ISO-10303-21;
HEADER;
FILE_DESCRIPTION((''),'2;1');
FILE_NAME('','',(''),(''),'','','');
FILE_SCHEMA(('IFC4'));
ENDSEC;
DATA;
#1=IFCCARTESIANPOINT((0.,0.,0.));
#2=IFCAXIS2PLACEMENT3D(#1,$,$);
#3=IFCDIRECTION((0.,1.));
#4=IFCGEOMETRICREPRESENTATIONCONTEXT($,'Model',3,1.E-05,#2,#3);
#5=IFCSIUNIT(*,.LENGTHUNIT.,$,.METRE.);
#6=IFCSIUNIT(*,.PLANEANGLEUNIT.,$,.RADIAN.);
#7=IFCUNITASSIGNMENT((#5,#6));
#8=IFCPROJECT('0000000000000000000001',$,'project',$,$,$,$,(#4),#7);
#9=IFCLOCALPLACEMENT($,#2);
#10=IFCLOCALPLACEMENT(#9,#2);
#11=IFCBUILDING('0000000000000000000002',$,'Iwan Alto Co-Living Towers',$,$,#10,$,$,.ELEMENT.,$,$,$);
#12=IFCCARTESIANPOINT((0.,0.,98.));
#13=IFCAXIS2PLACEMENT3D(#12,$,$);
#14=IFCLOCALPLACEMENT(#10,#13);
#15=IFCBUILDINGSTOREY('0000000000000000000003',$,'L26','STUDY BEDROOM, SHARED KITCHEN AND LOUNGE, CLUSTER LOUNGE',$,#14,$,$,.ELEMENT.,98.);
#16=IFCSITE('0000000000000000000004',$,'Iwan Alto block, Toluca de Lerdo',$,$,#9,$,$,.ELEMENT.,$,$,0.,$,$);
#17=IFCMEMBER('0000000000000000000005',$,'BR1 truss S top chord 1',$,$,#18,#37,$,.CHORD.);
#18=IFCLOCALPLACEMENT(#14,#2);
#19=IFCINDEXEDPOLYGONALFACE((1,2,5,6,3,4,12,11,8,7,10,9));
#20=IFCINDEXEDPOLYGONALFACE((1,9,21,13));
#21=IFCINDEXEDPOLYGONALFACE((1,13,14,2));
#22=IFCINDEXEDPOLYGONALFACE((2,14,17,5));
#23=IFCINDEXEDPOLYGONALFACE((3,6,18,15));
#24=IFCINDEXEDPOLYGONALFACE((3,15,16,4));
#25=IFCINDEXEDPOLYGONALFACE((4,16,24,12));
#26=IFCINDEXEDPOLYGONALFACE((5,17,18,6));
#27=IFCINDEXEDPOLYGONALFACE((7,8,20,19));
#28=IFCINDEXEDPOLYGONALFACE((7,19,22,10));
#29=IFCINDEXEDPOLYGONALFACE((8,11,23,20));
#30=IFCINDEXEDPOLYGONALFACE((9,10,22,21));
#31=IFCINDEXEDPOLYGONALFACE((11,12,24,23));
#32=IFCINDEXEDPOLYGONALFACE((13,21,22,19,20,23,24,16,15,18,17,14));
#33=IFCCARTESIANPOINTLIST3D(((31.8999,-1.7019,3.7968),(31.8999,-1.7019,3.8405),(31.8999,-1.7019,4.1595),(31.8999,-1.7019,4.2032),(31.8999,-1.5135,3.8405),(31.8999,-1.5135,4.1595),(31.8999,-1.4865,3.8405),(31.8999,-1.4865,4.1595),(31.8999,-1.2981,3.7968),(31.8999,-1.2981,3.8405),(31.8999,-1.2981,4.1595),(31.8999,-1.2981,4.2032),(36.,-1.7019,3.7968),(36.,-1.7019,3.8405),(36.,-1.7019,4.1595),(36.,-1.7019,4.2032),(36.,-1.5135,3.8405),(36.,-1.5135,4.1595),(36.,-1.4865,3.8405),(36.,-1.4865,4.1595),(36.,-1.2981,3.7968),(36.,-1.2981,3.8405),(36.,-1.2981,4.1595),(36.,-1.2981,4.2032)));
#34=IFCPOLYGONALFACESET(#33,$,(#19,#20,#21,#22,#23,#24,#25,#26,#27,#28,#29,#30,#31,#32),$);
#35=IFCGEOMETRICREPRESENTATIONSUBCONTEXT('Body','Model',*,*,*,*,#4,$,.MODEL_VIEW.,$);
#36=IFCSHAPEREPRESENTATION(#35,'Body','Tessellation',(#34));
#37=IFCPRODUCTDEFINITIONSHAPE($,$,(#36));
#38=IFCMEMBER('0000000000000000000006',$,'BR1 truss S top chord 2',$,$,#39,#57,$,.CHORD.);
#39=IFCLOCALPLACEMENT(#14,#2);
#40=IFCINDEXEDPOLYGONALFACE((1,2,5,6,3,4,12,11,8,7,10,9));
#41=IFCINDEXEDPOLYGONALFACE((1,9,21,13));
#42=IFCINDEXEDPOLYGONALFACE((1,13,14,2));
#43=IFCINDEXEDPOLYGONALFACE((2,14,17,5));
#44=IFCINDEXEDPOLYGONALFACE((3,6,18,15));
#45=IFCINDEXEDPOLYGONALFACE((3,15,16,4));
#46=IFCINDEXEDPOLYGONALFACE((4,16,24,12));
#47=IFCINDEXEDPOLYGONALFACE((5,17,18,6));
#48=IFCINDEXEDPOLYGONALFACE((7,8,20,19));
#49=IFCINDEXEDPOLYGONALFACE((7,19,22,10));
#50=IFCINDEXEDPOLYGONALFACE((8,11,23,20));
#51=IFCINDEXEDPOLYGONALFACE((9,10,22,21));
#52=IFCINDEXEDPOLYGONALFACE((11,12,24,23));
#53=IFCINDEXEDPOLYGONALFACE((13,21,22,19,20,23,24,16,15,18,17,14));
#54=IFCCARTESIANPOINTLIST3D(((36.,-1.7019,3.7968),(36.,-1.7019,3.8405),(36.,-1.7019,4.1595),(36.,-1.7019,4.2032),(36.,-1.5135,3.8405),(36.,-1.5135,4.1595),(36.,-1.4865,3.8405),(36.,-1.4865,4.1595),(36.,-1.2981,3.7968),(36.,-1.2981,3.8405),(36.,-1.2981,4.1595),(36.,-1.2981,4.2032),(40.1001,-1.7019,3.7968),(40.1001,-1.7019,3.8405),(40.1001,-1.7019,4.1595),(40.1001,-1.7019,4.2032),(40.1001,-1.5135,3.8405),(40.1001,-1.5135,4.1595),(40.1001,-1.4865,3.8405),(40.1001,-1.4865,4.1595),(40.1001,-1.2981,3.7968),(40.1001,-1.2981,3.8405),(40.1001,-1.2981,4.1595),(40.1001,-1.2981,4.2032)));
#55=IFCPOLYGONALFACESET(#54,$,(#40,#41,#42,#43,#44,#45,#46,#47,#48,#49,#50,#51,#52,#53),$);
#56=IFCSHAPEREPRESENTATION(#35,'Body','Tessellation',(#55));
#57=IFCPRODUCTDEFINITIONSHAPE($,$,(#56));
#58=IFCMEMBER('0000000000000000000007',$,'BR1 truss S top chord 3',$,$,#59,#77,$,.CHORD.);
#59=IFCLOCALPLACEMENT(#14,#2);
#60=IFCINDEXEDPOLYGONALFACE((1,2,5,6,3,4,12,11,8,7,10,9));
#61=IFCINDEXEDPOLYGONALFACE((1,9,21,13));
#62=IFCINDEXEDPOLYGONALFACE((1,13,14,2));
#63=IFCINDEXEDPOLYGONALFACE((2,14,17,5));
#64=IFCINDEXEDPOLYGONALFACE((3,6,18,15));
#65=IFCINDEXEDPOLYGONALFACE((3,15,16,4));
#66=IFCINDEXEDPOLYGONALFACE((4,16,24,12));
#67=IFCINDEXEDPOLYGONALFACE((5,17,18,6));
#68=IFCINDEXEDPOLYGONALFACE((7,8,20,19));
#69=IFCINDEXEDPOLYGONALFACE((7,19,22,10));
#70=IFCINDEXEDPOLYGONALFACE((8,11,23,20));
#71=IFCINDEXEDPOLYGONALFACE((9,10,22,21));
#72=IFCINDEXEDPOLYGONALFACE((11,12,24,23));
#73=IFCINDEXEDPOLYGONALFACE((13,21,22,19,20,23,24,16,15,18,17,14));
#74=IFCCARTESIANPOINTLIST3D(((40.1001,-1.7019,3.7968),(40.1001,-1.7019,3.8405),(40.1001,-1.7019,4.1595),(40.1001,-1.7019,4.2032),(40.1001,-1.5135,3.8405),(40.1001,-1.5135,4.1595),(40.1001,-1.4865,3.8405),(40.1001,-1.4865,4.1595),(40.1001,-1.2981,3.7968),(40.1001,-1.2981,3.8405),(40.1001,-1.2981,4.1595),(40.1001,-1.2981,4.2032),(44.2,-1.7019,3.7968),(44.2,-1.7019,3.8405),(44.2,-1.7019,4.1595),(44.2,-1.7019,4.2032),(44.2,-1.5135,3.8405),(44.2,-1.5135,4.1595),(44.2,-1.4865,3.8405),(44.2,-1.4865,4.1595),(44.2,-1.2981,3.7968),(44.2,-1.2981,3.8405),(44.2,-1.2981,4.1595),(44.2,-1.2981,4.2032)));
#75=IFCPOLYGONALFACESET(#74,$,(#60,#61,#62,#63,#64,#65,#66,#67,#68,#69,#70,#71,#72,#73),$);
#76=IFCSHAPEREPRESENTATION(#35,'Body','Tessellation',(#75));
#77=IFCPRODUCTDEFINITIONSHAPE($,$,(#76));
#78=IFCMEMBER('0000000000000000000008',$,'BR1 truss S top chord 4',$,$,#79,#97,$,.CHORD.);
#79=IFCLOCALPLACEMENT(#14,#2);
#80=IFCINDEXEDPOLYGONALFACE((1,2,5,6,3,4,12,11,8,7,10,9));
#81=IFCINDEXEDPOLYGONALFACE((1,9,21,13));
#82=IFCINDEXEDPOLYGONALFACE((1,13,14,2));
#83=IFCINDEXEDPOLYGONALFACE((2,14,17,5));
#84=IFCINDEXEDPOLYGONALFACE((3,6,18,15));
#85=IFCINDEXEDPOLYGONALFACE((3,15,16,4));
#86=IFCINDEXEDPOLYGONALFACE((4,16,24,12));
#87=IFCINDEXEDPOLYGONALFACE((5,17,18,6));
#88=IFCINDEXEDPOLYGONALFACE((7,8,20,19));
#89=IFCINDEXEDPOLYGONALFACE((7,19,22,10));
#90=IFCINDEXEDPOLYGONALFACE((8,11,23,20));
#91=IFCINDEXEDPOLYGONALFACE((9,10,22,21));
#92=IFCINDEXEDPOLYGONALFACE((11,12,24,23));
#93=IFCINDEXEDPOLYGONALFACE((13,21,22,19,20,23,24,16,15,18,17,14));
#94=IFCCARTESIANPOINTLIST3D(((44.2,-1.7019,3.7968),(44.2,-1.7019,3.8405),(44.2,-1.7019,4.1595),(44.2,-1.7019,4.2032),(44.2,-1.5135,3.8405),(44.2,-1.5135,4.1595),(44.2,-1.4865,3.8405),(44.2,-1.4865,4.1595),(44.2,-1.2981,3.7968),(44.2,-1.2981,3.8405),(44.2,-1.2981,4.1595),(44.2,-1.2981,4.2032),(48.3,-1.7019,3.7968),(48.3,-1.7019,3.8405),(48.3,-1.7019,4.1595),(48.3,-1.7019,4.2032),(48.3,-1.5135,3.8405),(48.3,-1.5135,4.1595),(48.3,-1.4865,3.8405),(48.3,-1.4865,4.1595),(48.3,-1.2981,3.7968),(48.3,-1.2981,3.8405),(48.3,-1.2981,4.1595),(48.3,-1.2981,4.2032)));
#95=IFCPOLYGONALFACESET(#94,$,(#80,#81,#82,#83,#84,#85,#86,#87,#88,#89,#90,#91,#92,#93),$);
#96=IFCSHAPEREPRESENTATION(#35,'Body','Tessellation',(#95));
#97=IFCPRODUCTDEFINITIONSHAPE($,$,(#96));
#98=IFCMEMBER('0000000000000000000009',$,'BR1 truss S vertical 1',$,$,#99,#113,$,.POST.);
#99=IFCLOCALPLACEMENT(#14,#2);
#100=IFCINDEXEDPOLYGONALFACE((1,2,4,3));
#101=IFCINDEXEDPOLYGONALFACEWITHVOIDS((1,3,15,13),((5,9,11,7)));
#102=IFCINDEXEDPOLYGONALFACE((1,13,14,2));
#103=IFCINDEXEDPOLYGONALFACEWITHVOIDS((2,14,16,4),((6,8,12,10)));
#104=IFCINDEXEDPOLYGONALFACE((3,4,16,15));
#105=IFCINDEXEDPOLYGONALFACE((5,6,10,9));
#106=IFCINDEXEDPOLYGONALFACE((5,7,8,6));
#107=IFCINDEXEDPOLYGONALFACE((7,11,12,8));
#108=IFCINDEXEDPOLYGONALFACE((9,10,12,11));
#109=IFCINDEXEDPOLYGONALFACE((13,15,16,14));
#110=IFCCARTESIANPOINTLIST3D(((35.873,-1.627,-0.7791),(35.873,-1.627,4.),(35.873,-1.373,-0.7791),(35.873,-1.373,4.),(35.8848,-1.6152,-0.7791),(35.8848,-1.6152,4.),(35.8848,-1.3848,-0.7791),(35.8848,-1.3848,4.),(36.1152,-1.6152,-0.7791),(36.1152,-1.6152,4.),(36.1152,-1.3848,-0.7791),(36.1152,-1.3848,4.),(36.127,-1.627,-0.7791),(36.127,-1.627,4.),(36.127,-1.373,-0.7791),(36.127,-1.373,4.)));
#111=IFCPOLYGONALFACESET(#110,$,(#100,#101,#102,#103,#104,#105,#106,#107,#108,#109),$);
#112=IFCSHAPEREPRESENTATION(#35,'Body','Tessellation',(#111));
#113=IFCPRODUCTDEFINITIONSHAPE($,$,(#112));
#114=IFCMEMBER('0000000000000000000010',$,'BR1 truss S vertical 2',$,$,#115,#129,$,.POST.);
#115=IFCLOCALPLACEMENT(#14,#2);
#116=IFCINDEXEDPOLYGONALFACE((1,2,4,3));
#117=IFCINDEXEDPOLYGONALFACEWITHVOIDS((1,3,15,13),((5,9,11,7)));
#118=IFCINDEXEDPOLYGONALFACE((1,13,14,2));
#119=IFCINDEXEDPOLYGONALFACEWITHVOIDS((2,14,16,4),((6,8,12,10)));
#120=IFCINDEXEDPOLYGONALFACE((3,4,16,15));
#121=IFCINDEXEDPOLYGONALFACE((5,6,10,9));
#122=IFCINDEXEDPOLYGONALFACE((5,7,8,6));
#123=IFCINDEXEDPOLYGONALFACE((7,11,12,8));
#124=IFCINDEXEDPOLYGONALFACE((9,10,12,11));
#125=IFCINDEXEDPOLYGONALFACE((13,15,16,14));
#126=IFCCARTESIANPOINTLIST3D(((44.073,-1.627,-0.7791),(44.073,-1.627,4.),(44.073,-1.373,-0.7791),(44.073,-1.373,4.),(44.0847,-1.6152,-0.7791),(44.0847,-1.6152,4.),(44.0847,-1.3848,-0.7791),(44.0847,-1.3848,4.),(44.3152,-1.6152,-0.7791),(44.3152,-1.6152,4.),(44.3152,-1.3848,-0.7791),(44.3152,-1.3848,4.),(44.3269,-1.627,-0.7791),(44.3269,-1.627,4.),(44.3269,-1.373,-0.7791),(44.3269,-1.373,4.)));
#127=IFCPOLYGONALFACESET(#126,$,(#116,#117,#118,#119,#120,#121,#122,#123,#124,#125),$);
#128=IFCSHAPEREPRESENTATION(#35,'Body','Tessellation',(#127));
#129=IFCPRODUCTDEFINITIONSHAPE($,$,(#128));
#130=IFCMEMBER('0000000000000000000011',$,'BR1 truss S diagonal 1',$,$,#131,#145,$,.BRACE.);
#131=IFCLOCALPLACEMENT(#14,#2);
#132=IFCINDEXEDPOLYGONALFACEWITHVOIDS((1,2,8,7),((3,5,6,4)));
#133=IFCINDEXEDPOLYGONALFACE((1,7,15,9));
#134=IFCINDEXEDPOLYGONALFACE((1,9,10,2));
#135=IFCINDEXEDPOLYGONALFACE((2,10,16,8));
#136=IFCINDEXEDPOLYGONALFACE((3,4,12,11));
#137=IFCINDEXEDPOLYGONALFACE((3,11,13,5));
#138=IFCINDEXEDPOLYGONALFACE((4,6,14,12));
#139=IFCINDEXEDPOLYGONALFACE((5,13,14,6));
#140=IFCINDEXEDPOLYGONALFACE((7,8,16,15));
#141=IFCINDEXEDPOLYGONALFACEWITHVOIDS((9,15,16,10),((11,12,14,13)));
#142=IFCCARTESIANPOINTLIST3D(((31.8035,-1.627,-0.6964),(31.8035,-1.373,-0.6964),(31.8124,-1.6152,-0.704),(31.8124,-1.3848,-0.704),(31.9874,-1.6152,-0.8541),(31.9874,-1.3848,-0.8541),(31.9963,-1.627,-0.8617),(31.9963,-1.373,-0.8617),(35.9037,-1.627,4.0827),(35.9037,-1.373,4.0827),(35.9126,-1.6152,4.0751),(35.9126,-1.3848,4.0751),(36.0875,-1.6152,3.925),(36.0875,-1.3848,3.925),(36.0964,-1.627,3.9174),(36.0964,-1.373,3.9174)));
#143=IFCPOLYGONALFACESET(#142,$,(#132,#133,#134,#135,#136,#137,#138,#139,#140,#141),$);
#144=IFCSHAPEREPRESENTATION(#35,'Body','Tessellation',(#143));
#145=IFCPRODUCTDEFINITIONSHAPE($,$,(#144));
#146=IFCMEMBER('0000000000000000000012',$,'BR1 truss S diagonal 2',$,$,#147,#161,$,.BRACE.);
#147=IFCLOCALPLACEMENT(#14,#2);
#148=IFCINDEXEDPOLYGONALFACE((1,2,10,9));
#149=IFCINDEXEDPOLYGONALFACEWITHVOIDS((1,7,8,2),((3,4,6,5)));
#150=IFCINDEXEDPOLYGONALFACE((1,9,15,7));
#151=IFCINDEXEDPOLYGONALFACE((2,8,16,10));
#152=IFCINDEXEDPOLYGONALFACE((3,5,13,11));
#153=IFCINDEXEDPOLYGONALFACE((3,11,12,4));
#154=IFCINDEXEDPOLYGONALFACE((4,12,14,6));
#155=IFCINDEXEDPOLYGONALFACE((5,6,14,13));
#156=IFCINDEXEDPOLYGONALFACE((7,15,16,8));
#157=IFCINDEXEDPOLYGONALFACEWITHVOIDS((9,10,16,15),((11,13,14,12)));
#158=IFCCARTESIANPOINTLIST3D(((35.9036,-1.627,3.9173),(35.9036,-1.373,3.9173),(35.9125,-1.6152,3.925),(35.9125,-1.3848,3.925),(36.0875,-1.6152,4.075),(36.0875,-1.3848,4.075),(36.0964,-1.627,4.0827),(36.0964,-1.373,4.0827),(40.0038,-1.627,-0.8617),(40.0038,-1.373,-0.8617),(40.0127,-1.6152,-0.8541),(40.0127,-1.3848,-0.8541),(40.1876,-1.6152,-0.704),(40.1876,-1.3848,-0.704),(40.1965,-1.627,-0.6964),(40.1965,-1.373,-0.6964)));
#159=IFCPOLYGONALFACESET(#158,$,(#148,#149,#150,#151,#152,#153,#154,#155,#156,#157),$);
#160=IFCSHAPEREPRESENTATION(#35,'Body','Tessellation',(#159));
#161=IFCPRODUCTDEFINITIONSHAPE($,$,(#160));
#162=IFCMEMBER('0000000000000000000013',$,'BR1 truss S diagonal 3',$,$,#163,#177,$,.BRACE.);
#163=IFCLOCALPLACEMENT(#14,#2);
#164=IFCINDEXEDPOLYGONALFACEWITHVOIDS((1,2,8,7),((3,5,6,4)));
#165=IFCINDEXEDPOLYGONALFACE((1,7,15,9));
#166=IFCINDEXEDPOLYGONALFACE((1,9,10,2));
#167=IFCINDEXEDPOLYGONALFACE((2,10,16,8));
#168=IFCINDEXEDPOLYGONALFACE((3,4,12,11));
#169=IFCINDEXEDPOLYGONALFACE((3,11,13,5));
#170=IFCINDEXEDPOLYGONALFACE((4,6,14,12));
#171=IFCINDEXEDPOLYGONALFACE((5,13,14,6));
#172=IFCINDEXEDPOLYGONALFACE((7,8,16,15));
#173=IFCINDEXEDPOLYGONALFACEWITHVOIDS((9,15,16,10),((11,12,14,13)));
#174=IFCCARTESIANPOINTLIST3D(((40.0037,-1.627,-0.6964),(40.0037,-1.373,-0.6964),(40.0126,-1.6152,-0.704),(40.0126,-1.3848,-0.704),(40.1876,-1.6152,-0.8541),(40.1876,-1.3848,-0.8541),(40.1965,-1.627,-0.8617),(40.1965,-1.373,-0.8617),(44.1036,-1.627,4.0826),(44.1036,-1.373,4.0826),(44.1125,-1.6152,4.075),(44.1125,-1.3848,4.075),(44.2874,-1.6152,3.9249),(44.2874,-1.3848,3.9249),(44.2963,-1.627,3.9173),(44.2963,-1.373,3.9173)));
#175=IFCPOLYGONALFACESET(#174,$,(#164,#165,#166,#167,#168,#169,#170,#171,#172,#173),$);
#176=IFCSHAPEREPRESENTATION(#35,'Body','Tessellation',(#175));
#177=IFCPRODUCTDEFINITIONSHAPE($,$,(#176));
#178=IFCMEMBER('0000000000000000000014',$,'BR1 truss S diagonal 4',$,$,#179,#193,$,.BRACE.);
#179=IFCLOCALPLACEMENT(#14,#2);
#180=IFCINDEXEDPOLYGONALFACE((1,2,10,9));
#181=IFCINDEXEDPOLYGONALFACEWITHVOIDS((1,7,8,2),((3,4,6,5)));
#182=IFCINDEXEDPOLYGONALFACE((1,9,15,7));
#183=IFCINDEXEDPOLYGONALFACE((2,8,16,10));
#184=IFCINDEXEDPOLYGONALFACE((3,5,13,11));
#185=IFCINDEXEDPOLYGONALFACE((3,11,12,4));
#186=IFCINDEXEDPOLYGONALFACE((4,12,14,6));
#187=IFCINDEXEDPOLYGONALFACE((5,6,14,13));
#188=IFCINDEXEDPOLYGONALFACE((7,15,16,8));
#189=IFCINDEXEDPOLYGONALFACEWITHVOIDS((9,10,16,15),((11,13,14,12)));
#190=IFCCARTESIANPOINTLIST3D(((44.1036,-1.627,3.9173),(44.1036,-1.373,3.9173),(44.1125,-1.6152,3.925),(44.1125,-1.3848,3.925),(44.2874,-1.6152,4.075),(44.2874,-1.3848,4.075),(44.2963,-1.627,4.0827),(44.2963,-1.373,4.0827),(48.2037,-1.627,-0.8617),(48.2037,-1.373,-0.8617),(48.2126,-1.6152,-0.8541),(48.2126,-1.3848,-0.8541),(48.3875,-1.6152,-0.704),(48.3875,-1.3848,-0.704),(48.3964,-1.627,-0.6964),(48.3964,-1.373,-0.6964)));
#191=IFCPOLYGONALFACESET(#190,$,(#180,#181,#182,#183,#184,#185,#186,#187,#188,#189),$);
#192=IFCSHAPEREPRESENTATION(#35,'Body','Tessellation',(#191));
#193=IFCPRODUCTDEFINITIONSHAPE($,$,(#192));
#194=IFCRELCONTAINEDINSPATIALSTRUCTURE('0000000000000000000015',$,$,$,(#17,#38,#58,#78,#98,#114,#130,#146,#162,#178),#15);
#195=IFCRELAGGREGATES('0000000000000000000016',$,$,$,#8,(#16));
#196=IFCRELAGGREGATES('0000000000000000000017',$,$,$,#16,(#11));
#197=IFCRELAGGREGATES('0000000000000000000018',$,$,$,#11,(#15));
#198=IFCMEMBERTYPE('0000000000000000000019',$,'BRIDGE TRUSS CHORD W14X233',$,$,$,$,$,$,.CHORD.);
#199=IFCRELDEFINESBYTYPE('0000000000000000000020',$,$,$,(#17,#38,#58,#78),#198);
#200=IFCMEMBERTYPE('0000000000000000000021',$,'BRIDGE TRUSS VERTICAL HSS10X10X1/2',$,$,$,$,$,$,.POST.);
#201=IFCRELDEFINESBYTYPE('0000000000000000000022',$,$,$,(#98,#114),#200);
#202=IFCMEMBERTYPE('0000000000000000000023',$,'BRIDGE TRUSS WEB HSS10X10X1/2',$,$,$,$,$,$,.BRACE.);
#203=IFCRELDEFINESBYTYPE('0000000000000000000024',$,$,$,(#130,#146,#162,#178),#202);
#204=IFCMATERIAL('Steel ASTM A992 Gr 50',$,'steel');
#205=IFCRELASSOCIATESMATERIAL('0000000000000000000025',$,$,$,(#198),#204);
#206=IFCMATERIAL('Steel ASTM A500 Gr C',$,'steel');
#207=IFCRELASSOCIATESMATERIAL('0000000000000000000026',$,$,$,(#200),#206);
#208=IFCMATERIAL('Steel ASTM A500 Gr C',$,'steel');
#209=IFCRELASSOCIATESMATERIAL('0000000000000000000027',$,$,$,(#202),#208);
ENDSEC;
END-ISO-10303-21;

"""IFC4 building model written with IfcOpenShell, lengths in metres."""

from ifc_helpers import new_model, si_unit, direction, frame, origin, origin_2d, place, context, subcontext, project, spatial, hollow_rectangle, i_section, extrude, material, material_profile, profile_set, type_object, element, save


model = new_model("IFC4")

# Units and contexts
model_context = context("Model", 3, precision=1e-05, world=origin(), true_north=direction((0.0, 1.0)))
body_context = subcontext(model_context, "Body", "Model", "MODEL_VIEW")
ifc_project = project(units=[si_unit("LENGTHUNIT", "METRE"), si_unit("PLANEANGLEUNIT", "RADIAN")], contexts=[model_context])

# Site, building, storey
site_placement = place(None, origin())
site = spatial("IfcSite", under=ifc_project, at=site_placement, Name="Iwan Alto block, Toluca de Lerdo", CompositionType="ELEMENT", RefElevation=0.0)
building_placement = place(site_placement, origin())
building = spatial("IfcBuilding", under=site, at=building_placement, Name="Iwan Alto Co-Living Towers", CompositionType="ELEMENT")
storey_placement = place(building_placement, frame((0.0, 0.0, 98.0)))
storey = spatial("IfcBuildingStorey", under=building, at=storey_placement, Name="L26", Description="STUDY BEDROOM, SHARED KITCHEN AND LOUNGE, CLUSTER LOUNGE", CompositionType="ELEMENT", Elevation=98.0)

# Members
ifc_material_1 = material(Name="Steel ASTM A992 Gr 50", Category="steel")
ifc_material_profile_1 = material_profile(ifc_material_1, i_section(OverallWidth=0.4038, OverallDepth=0.4065, WebThickness=0.0271, FlangeThickness=0.0437, at=origin_2d()), Name="W14X233")
ifc_profile_set_1 = profile_set([ifc_material_profile_1], Name="Steel ASTM A992 Gr 50")
member_type_1 = type_object("IfcMemberType", Name="BRIDGE TRUSS CHORD W14X233", PredefinedType="CHORD", material=ifc_profile_set_1)
for number, where, z_axis, x_axis, name in (
    (1, (31.8999, -1.5, 4.0), (1.0, 0.0, 0.0), (0.0, 1.0, 0.0), "BR1 truss S top chord 1"),
    (2, (36.0, -1.5, 4.0), (1.0, 0.0, 0.0), (0.0, 1.0, 0.0), "BR1 truss S top chord 2"),
):
    element("IfcMember", number, at=place(storey_placement, frame(where, z_axis=z_axis, x_axis=x_axis)), inside=storey, type_object=member_type_1, Name=name, PredefinedType="CHORD", context=body_context, shape_type="SweptSolid", body=[
        extrude(i_section(OverallWidth=0.4038, OverallDepth=0.4065, WebThickness=0.0271, FlangeThickness=0.0437, at=origin_2d()), origin(), (0.0, 0.0, 1.0), 4.1001),
    ])
member_1_placement = place(storey_placement, frame((40.1001, -1.5, 4.0), z_axis=(1.0, 0.0, 0.0), x_axis=(0.0, 1.0, 0.0)))
element("IfcMember", 3, at=member_1_placement, inside=storey, type_object=member_type_1, Name="BR1 truss S top chord 3", PredefinedType="CHORD", context=body_context, shape_type="SweptSolid", body=[
    extrude(i_section(OverallWidth=0.4038, OverallDepth=0.4065, WebThickness=0.0271, FlangeThickness=0.0437, at=origin_2d()), origin(), (0.0, 0.0, 1.0), 4.0999),
])
member_2_placement = place(storey_placement, frame((44.2, -1.5, 4.0), z_axis=(1.0, 0.0, 0.0), x_axis=(0.0, 1.0, 0.0)))
element("IfcMember", 4, at=member_2_placement, inside=storey, type_object=member_type_1, Name="BR1 truss S top chord 4", PredefinedType="CHORD", context=body_context, shape_type="SweptSolid", body=[
    extrude(i_section(OverallWidth=0.4038, OverallDepth=0.4065, WebThickness=0.0271, FlangeThickness=0.0437, at=origin_2d()), origin(), (0.0, 0.0, 1.0), 4.1001),
])
ifc_material_2 = material(Name="Steel ASTM A500 Gr C", Category="steel")
ifc_material_profile_2 = material_profile(ifc_material_2, hollow_rectangle(XDim=0.2539, YDim=0.2539, WallThickness=0.0117, at=origin_2d()), Name="HSS10X10X1/2")
ifc_profile_set_2 = profile_set([ifc_material_profile_2], Name="Steel ASTM A500 Gr C")
member_type_2 = type_object("IfcMemberType", Name="BRIDGE TRUSS VERTICAL HSS10X10X1/2", PredefinedType="POST", material=ifc_profile_set_2)
for number, where, z_axis, x_axis, name in (
    (5, (36.0, -1.5, -0.7791), (0.0, 0.0, 1.0), (1.0, 0.0, 0.0), "BR1 truss S vertical 1"),
    (6, (44.2, -1.5, -0.7791), (0.0, 0.0, 1.0), (1.0, 0.0, 0.0), "BR1 truss S vertical 2"),
):
    element("IfcMember", number, at=place(storey_placement, frame(where, z_axis=z_axis, x_axis=x_axis)), inside=storey, type_object=member_type_2, Name=name, PredefinedType="POST", context=body_context, shape_type="SweptSolid", body=[
        extrude(hollow_rectangle(XDim=0.2539, YDim=0.2539, WallThickness=0.0117, at=origin_2d()), origin(), (0.0, 0.0, 1.0), 4.7791),
    ])
ifc_material_3 = material(Name="Steel ASTM A500 Gr C", Category="steel")
ifc_material_profile_3 = material_profile(ifc_material_3, hollow_rectangle(XDim=0.2539, YDim=0.2539, WallThickness=0.0117, at=origin_2d()), Name="HSS10X10X1/2")
ifc_profile_set_3 = profile_set([ifc_material_profile_3], Name="Steel ASTM A500 Gr C")
member_type_3 = type_object("IfcMemberType", Name="BRIDGE TRUSS WEB HSS10X10X1/2", PredefinedType="BRACE", material=ifc_profile_set_3)
for number, where, z_axis, x_axis, name in (
    (7, (31.8999, -1.5, -0.7791), (0.651136, 0.0, 0.758961), (0.0, 1.0, 0.0), "BR1 truss S diagonal 1"),
    (8, (36.0, -1.5, 4.0), (0.651136, 0.0, -0.758961), (0.0, 1.0, 0.0), "BR1 truss S diagonal 2"),
):
    element("IfcMember", number, at=place(storey_placement, frame(where, z_axis=z_axis, x_axis=x_axis)), inside=storey, type_object=member_type_3, Name=name, PredefinedType="BRACE", context=body_context, shape_type="SweptSolid", body=[
        extrude(hollow_rectangle(XDim=0.2539, YDim=0.2539, WallThickness=0.0117, at=origin_2d()), origin(), (0.0, 0.0, 1.0), 6.2969),
    ])
member_3_placement = place(storey_placement, frame((40.1001, -1.5, -0.7791), z_axis=(0.651114, 0.0, 0.75898), x_axis=(0.0, 1.0, 0.0)))
element("IfcMember", 9, at=member_3_placement, inside=storey, type_object=member_type_3, Name="BR1 truss S diagonal 3", PredefinedType="BRACE", context=body_context, shape_type="SweptSolid", body=[
    extrude(hollow_rectangle(XDim=0.2539, YDim=0.2539, WallThickness=0.0117, at=origin_2d()), origin(), (0.0, 0.0, 1.0), 6.2966),
])
member_4_placement = place(storey_placement, frame((44.2, -1.5, 4.0), z_axis=(0.651136, 0.0, -0.758961), x_axis=(0.0, 1.0, 0.0)))
element("IfcMember", 10, at=member_4_placement, inside=storey, type_object=member_type_3, Name="BR1 truss S diagonal 4", PredefinedType="BRACE", context=body_context, shape_type="SweptSolid", body=[
    extrude(hollow_rectangle(XDim=0.2539, YDim=0.2539, WallThickness=0.0117, at=origin_2d()), origin(), (0.0, 0.0, 1.0), 6.2969),
])

save(model, "model.ifc")
